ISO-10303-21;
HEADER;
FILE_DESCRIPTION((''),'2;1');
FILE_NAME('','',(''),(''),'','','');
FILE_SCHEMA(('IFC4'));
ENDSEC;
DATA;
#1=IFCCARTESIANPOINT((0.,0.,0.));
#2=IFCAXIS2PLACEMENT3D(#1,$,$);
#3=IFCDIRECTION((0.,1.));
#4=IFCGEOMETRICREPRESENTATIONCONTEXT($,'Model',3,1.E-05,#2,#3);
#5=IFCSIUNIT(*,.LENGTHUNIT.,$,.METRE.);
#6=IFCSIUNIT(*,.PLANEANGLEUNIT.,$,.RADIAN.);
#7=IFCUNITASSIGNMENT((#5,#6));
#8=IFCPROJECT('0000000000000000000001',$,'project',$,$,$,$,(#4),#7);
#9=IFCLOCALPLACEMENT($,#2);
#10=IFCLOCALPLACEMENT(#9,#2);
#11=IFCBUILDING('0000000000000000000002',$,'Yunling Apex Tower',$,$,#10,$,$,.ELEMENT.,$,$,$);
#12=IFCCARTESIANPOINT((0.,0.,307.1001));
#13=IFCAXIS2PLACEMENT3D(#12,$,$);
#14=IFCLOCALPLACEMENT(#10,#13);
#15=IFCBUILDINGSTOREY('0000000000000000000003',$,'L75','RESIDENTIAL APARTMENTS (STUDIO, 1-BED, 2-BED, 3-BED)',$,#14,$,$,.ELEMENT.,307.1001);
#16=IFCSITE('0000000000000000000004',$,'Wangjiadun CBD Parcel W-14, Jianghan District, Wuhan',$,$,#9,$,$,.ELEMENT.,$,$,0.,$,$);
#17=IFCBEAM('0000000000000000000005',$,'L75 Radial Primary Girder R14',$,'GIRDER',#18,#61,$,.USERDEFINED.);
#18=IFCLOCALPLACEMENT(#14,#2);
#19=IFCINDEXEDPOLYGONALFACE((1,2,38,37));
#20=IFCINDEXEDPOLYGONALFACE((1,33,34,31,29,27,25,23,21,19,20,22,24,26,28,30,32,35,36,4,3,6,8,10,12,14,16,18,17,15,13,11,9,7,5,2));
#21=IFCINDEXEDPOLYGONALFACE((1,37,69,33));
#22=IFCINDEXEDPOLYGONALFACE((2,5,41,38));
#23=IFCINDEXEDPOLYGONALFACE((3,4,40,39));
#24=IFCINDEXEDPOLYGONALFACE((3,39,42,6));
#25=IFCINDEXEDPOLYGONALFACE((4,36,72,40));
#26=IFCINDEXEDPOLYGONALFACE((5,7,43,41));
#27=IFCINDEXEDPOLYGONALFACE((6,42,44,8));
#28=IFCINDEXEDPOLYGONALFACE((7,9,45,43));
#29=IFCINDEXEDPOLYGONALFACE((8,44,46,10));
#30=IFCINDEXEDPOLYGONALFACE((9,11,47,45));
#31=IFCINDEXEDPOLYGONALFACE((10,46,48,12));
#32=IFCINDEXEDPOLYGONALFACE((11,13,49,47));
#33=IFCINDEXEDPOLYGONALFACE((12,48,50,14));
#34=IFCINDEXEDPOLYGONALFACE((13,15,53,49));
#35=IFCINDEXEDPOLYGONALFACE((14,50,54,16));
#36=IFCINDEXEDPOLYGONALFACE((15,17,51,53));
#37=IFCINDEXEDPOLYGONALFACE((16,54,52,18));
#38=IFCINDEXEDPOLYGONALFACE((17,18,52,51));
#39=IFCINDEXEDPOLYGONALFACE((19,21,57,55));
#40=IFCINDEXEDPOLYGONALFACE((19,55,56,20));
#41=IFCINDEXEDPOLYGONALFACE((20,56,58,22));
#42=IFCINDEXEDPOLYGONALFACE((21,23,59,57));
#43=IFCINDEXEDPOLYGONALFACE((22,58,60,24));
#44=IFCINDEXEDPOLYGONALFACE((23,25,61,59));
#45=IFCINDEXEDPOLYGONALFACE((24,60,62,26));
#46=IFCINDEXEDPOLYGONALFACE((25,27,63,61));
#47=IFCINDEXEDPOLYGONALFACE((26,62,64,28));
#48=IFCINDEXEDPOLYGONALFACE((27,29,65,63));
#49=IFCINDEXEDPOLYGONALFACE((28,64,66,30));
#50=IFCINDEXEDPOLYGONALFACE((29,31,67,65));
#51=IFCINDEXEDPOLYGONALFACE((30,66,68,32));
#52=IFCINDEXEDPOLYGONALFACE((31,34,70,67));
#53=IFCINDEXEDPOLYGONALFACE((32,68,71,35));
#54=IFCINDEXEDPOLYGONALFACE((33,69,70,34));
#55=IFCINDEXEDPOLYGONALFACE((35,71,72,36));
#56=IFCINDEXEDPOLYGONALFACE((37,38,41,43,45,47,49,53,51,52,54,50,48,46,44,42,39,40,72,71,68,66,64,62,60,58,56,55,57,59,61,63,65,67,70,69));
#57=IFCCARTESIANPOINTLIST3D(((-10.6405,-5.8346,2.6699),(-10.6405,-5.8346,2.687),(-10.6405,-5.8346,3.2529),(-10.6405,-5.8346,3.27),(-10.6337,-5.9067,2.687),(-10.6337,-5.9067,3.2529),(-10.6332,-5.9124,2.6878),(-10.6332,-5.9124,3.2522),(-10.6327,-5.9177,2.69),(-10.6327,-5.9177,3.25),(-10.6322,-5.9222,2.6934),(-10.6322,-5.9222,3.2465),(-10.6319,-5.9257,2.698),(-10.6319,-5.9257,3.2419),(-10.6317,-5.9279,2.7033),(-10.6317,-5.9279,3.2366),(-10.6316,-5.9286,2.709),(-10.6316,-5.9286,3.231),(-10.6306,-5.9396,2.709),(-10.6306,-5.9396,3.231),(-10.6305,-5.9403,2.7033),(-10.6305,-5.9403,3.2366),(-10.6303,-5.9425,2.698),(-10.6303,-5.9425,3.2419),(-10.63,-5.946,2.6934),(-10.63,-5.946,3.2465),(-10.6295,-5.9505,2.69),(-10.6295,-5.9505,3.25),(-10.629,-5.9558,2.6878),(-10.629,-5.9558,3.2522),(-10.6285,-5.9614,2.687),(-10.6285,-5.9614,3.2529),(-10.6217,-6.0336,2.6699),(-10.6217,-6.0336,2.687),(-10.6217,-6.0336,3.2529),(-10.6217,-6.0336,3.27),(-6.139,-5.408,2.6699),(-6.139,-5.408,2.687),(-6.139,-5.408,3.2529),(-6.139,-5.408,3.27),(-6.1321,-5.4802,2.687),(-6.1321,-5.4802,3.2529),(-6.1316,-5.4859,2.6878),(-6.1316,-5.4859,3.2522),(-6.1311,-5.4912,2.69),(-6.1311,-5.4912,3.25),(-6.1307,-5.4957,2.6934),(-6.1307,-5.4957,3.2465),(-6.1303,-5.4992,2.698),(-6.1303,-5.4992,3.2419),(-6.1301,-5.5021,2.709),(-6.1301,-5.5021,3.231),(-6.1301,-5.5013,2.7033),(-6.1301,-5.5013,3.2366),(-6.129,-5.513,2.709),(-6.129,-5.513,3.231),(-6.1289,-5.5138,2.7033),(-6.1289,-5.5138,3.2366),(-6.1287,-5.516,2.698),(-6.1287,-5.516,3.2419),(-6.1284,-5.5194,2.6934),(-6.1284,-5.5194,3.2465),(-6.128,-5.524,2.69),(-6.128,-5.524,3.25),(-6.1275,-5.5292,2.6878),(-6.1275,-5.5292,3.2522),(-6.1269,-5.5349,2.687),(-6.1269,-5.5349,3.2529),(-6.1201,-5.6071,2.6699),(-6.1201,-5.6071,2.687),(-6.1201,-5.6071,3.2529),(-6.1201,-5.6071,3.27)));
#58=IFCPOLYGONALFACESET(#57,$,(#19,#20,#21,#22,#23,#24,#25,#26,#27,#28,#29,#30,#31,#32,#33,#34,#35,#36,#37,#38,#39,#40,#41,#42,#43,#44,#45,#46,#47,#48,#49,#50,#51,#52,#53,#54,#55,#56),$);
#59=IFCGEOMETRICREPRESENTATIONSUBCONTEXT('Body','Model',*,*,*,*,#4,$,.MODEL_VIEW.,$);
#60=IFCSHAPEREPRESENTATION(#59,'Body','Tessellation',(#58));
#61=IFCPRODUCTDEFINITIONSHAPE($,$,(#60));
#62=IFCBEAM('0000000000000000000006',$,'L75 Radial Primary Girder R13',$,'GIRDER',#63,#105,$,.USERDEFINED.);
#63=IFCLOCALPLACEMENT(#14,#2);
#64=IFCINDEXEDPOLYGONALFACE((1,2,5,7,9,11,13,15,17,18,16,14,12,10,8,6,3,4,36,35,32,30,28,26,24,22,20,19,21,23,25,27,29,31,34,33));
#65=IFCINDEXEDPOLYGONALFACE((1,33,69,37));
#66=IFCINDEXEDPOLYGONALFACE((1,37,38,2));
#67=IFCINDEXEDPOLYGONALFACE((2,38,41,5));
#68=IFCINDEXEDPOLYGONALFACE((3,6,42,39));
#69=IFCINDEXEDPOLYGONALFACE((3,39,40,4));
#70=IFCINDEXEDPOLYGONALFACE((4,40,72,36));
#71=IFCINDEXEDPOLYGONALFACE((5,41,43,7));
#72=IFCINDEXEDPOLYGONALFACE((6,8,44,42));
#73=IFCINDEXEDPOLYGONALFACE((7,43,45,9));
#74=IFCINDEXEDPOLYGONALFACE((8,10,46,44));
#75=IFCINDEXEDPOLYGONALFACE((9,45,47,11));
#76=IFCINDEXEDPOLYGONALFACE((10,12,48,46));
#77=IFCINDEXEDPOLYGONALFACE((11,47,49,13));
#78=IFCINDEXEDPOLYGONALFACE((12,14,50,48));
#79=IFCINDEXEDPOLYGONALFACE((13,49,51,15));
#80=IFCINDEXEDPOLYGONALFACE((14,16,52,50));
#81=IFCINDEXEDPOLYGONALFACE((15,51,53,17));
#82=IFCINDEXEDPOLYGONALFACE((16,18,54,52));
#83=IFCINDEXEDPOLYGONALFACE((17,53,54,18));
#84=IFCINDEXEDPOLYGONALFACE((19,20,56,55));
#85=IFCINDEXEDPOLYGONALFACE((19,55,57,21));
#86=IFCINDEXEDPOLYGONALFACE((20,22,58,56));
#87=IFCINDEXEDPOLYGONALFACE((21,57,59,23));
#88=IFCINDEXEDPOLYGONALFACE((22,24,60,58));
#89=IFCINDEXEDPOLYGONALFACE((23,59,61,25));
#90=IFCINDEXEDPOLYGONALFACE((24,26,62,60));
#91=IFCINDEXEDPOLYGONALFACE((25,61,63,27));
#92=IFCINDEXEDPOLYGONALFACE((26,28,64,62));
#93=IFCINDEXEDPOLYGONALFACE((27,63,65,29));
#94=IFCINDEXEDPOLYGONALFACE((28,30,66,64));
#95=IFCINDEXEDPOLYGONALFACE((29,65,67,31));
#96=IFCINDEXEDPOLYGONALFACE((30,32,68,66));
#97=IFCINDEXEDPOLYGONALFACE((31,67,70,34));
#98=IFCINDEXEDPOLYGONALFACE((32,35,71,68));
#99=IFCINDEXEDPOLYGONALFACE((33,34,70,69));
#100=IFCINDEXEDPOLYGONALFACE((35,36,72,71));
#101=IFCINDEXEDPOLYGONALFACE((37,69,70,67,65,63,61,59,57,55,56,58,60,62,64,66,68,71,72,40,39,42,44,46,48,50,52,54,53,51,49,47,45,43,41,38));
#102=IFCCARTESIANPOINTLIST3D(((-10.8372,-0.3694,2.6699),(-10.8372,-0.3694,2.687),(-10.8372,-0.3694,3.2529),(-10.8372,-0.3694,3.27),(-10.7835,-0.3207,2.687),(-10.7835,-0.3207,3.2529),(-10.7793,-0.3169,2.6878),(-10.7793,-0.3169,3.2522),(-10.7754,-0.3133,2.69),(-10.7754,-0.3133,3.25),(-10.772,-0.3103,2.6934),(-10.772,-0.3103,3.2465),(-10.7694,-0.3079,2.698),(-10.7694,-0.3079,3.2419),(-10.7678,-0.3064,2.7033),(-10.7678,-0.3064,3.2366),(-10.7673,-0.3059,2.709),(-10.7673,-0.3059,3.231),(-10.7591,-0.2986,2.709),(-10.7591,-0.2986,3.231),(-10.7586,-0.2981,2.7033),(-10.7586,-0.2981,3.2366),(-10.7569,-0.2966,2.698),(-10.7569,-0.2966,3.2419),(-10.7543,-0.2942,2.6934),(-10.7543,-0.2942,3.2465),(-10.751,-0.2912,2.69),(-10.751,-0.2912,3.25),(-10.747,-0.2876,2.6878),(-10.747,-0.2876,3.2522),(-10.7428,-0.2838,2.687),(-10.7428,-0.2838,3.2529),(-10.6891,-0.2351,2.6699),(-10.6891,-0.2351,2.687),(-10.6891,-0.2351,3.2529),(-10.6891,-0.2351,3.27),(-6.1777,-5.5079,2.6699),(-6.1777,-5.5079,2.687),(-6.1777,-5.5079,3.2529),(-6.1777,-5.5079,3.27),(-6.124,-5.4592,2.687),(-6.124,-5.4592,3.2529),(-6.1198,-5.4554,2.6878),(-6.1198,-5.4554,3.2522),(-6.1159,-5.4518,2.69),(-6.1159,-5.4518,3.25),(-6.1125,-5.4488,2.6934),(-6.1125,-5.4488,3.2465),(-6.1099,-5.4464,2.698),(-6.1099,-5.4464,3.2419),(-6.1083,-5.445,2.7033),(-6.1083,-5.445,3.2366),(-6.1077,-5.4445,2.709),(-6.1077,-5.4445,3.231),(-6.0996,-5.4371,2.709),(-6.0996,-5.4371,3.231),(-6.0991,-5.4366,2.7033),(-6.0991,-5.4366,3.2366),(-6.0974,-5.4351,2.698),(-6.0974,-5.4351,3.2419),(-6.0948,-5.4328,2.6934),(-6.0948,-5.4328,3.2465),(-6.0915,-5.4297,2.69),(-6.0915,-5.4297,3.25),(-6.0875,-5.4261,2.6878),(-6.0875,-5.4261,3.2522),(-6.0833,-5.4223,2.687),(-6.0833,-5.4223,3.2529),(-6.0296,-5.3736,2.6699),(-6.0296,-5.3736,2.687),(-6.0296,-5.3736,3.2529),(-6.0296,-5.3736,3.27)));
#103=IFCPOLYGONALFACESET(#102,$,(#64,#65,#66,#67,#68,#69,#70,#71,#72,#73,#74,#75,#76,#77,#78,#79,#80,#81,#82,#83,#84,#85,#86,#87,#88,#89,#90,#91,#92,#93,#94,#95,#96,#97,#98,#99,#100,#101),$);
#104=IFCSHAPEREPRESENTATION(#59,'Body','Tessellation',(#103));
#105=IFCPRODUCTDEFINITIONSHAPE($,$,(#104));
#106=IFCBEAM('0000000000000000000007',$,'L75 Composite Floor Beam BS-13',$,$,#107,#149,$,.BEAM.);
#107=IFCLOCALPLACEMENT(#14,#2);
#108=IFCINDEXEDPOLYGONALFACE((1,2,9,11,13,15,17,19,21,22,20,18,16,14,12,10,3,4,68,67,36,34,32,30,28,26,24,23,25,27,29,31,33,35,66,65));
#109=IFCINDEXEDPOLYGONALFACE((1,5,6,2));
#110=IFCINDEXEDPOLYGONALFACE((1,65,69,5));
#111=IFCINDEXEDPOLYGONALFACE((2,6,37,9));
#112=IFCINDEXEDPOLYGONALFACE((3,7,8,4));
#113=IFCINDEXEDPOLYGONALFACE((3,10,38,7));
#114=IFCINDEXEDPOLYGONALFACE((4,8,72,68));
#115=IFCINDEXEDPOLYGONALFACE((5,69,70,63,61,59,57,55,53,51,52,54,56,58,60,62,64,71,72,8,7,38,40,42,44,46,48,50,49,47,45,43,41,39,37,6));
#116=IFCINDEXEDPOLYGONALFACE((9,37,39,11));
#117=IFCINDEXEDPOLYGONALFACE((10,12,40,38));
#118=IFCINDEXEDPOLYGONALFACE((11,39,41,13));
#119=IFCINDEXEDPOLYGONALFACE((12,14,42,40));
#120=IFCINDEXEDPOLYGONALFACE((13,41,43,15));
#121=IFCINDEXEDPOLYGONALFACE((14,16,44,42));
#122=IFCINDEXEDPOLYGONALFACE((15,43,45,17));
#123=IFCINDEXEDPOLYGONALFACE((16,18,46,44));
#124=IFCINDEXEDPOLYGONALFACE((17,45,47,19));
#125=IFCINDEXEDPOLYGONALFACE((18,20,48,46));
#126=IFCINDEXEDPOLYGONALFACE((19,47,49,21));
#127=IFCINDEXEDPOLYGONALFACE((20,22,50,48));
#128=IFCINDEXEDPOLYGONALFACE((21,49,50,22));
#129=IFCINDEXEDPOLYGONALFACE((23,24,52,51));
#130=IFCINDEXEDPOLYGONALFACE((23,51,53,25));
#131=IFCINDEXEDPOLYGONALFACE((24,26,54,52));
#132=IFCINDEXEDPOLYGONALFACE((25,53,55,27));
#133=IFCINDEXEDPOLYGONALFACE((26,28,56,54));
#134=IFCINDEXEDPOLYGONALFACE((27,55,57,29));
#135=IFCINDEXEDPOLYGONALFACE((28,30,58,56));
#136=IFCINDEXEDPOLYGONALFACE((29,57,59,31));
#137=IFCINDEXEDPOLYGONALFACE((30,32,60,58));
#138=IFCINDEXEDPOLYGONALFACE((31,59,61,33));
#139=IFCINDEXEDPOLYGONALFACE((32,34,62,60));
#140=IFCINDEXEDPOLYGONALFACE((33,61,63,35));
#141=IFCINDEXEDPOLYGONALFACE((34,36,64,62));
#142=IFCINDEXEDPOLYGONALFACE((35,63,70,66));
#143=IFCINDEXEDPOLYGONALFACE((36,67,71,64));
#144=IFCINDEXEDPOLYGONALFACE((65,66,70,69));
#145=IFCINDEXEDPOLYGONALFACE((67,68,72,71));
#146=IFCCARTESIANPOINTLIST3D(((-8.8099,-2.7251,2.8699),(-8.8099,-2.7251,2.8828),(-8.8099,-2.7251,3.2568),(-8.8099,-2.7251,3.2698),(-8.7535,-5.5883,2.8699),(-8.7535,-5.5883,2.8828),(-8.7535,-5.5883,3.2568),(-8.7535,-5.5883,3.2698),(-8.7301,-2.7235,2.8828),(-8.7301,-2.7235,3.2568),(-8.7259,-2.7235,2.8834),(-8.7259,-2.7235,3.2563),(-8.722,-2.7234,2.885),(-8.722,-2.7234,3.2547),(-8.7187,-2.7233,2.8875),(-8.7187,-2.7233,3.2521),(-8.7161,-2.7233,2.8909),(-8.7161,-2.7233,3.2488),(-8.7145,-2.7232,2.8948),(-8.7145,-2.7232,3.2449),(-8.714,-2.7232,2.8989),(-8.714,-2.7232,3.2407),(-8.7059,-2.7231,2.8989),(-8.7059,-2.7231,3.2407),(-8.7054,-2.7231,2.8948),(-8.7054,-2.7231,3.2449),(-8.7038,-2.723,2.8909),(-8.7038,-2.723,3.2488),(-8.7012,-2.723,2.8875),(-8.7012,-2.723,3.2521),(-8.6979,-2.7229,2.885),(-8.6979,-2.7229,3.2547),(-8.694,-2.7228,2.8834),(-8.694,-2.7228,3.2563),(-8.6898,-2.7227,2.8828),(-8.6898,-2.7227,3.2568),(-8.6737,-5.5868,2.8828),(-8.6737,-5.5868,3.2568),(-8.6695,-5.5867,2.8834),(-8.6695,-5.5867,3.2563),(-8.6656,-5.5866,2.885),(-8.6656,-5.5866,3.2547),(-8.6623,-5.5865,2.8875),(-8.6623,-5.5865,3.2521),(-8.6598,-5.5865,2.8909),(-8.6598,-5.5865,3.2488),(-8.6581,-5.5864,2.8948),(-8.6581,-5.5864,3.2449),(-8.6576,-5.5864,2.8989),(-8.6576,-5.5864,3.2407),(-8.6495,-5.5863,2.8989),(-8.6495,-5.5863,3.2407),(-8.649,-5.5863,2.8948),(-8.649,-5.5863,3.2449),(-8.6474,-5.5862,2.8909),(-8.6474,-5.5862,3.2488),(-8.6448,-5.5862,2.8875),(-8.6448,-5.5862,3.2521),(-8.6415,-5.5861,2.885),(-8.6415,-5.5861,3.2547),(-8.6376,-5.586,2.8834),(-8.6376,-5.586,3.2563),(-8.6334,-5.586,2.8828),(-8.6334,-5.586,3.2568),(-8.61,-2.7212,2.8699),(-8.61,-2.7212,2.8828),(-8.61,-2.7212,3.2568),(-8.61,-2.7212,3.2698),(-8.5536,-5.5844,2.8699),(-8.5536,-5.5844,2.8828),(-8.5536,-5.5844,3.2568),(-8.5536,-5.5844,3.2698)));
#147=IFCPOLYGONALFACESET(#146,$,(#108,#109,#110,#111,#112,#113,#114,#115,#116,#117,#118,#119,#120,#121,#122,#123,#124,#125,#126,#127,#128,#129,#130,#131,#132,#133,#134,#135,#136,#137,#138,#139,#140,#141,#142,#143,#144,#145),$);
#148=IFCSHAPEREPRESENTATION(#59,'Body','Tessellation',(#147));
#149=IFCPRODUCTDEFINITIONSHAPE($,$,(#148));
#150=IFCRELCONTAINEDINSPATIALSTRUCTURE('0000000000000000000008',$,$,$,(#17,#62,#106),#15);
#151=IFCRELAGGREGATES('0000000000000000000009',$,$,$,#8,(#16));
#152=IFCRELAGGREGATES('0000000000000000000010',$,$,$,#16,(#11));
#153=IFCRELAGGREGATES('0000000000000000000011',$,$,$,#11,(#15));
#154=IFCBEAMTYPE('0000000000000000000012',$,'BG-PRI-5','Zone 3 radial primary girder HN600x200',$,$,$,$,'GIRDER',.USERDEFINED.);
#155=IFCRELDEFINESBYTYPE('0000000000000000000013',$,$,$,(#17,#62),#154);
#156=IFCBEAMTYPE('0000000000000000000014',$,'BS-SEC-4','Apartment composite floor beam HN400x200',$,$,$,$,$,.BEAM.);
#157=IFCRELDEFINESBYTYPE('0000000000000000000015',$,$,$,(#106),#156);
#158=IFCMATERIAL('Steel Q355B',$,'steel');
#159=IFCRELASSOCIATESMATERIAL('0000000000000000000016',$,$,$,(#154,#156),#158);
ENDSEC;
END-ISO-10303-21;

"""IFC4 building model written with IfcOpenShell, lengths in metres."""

from ifc_helpers import new_model, si_unit, direction, frame, origin, origin_2d, place, context, subcontext, project, spatial, i_section, extrude, source, transform, mapped, material, material_profile, profile_set, type_object, element, save


model = new_model("IFC4")

# Units and contexts
model_context = context("Model", 3, precision=1e-05, world=origin(), true_north=direction((0.0, 1.0)))
body_context = subcontext(model_context, "Body", "Model", "MODEL_VIEW")
ifc_project = project(units=[si_unit("LENGTHUNIT", "METRE"), si_unit("PLANEANGLEUNIT", "RADIAN")], contexts=[model_context])

# Site, building, storey
site_placement = place(None, origin())
site = spatial("IfcSite", under=ifc_project, at=site_placement, Name="Wangjiadun CBD Parcel W-14, Jianghan District, Wuhan", CompositionType="ELEMENT", RefElevation=0.0)
building_placement = place(site_placement, origin())
building = spatial("IfcBuilding", under=site, at=building_placement, Name="Yunling Apex Tower", CompositionType="ELEMENT")
storey_placement = place(building_placement, frame((0.0, 0.0, 307.1001)))
storey = spatial("IfcBuildingStorey", under=building, at=storey_placement, Name="L75", Description="RESIDENTIAL APARTMENTS (STUDIO, 1-BED, 2-BED, 3-BED)", CompositionType="ELEMENT", Elevation=307.1001)

# Shared definitions
ifc_material_1 = material(Name="Steel Q355B", Category="steel")

# Beams
ifc_material_profile_1 = material_profile(ifc_material_1, i_section(OverallWidth=0.2, OverallDepth=0.6001, WebThickness=0.011, FlangeThickness=0.0171, FilletRadius=0.022, at=origin_2d()))
ifc_profile_set_1 = profile_set([ifc_material_profile_1], Name="Steel Q355B")
beam_type_1 = type_object("IfcBeamType", Name="BG-PRI-5", Description="Zone 3 radial primary girder HN600x200", ElementType="GIRDER", PredefinedType="USERDEFINED", material=ifc_profile_set_1)
shared_shape_1 = source(origin(), body_context, "Body", "SweptSolid", [
    extrude(i_section(OverallWidth=0.2, OverallDepth=0.6001, WebThickness=0.011, FlangeThickness=0.0171, FilletRadius=0.022, at=origin_2d()), origin(), (0.0, 0.0, 1.0), 4.5217),
])
beam_1_placement = place(storey_placement, frame((-10.6311, -5.9341, 2.97), z_axis=(0.995541, 0.094328, 0.0), x_axis=(-0.094328, 0.995541, 0.0)))
element("IfcBeam", 1, at=beam_1_placement, inside=storey, type_object=beam_type_1, Name="L75 Radial Primary Girder R14", ObjectType="GIRDER", PredefinedType="USERDEFINED", context=body_context, shape_type="MappedRepresentation", body=[
    mapped(shared_shape_1, transform((0.0, 0.0, 0.0), scale=1.0)),
])
shared_shape_2 = source(origin(), body_context, "Body", "SweptSolid", [
    extrude(i_section(OverallWidth=0.2, OverallDepth=0.6001, WebThickness=0.011, FlangeThickness=0.0171, FilletRadius=0.022, at=origin_2d()), origin(), (0.0, 0.0, 1.0), 6.9365),
])
beam_2_placement = place(storey_placement, frame((-10.7632, -0.3022, 2.97), z_axis=(0.671735, -0.740792, 0.0), x_axis=(0.740792, 0.671735, 0.0)))
element("IfcBeam", 2, at=beam_2_placement, inside=storey, type_object=beam_type_1, Name="L75 Radial Primary Girder R13", ObjectType="GIRDER", PredefinedType="USERDEFINED", context=body_context, shape_type="MappedRepresentation", body=[
    mapped(shared_shape_2, transform((0.0, 0.0, 0.0), scale=1.0)),
])
ifc_material_profile_2 = material_profile(ifc_material_1, i_section(OverallWidth=0.2, OverallDepth=0.3999, WebThickness=0.0081, FlangeThickness=0.0129, FilletRadius=0.0161, at=origin_2d()))
ifc_profile_set_2 = profile_set([ifc_material_profile_2], Name="Steel Q355B")
beam_type_2 = type_object("IfcBeamType", Name="BS-SEC-4", Description="Apartment composite floor beam HN400x200", PredefinedType="BEAM", material=ifc_profile_set_2)
shared_shape_3 = source(origin(), body_context, "Body", "SweptSolid", [
    extrude(i_section(OverallWidth=0.2, OverallDepth=0.3999, WebThickness=0.0081, FlangeThickness=0.0129, FilletRadius=0.0161, at=origin_2d()), origin(), (0.0, 0.0, 1.0), 2.8638),
])
beam_3_placement = place(storey_placement, frame((-8.71, -2.7231, 3.0698), z_axis=(0.019693, -0.999806, 0.0), x_axis=(0.999806, 0.019693, 0.0)))
element("IfcBeam", 3, at=beam_3_placement, inside=storey, type_object=beam_type_2, Name="L75 Composite Floor Beam BS-13", PredefinedType="BEAM", context=body_context, shape_type="MappedRepresentation", body=[
    mapped(shared_shape_3, transform((0.0, 0.0, 0.0), scale=1.0)),
])

save(model, "model.ifc")
